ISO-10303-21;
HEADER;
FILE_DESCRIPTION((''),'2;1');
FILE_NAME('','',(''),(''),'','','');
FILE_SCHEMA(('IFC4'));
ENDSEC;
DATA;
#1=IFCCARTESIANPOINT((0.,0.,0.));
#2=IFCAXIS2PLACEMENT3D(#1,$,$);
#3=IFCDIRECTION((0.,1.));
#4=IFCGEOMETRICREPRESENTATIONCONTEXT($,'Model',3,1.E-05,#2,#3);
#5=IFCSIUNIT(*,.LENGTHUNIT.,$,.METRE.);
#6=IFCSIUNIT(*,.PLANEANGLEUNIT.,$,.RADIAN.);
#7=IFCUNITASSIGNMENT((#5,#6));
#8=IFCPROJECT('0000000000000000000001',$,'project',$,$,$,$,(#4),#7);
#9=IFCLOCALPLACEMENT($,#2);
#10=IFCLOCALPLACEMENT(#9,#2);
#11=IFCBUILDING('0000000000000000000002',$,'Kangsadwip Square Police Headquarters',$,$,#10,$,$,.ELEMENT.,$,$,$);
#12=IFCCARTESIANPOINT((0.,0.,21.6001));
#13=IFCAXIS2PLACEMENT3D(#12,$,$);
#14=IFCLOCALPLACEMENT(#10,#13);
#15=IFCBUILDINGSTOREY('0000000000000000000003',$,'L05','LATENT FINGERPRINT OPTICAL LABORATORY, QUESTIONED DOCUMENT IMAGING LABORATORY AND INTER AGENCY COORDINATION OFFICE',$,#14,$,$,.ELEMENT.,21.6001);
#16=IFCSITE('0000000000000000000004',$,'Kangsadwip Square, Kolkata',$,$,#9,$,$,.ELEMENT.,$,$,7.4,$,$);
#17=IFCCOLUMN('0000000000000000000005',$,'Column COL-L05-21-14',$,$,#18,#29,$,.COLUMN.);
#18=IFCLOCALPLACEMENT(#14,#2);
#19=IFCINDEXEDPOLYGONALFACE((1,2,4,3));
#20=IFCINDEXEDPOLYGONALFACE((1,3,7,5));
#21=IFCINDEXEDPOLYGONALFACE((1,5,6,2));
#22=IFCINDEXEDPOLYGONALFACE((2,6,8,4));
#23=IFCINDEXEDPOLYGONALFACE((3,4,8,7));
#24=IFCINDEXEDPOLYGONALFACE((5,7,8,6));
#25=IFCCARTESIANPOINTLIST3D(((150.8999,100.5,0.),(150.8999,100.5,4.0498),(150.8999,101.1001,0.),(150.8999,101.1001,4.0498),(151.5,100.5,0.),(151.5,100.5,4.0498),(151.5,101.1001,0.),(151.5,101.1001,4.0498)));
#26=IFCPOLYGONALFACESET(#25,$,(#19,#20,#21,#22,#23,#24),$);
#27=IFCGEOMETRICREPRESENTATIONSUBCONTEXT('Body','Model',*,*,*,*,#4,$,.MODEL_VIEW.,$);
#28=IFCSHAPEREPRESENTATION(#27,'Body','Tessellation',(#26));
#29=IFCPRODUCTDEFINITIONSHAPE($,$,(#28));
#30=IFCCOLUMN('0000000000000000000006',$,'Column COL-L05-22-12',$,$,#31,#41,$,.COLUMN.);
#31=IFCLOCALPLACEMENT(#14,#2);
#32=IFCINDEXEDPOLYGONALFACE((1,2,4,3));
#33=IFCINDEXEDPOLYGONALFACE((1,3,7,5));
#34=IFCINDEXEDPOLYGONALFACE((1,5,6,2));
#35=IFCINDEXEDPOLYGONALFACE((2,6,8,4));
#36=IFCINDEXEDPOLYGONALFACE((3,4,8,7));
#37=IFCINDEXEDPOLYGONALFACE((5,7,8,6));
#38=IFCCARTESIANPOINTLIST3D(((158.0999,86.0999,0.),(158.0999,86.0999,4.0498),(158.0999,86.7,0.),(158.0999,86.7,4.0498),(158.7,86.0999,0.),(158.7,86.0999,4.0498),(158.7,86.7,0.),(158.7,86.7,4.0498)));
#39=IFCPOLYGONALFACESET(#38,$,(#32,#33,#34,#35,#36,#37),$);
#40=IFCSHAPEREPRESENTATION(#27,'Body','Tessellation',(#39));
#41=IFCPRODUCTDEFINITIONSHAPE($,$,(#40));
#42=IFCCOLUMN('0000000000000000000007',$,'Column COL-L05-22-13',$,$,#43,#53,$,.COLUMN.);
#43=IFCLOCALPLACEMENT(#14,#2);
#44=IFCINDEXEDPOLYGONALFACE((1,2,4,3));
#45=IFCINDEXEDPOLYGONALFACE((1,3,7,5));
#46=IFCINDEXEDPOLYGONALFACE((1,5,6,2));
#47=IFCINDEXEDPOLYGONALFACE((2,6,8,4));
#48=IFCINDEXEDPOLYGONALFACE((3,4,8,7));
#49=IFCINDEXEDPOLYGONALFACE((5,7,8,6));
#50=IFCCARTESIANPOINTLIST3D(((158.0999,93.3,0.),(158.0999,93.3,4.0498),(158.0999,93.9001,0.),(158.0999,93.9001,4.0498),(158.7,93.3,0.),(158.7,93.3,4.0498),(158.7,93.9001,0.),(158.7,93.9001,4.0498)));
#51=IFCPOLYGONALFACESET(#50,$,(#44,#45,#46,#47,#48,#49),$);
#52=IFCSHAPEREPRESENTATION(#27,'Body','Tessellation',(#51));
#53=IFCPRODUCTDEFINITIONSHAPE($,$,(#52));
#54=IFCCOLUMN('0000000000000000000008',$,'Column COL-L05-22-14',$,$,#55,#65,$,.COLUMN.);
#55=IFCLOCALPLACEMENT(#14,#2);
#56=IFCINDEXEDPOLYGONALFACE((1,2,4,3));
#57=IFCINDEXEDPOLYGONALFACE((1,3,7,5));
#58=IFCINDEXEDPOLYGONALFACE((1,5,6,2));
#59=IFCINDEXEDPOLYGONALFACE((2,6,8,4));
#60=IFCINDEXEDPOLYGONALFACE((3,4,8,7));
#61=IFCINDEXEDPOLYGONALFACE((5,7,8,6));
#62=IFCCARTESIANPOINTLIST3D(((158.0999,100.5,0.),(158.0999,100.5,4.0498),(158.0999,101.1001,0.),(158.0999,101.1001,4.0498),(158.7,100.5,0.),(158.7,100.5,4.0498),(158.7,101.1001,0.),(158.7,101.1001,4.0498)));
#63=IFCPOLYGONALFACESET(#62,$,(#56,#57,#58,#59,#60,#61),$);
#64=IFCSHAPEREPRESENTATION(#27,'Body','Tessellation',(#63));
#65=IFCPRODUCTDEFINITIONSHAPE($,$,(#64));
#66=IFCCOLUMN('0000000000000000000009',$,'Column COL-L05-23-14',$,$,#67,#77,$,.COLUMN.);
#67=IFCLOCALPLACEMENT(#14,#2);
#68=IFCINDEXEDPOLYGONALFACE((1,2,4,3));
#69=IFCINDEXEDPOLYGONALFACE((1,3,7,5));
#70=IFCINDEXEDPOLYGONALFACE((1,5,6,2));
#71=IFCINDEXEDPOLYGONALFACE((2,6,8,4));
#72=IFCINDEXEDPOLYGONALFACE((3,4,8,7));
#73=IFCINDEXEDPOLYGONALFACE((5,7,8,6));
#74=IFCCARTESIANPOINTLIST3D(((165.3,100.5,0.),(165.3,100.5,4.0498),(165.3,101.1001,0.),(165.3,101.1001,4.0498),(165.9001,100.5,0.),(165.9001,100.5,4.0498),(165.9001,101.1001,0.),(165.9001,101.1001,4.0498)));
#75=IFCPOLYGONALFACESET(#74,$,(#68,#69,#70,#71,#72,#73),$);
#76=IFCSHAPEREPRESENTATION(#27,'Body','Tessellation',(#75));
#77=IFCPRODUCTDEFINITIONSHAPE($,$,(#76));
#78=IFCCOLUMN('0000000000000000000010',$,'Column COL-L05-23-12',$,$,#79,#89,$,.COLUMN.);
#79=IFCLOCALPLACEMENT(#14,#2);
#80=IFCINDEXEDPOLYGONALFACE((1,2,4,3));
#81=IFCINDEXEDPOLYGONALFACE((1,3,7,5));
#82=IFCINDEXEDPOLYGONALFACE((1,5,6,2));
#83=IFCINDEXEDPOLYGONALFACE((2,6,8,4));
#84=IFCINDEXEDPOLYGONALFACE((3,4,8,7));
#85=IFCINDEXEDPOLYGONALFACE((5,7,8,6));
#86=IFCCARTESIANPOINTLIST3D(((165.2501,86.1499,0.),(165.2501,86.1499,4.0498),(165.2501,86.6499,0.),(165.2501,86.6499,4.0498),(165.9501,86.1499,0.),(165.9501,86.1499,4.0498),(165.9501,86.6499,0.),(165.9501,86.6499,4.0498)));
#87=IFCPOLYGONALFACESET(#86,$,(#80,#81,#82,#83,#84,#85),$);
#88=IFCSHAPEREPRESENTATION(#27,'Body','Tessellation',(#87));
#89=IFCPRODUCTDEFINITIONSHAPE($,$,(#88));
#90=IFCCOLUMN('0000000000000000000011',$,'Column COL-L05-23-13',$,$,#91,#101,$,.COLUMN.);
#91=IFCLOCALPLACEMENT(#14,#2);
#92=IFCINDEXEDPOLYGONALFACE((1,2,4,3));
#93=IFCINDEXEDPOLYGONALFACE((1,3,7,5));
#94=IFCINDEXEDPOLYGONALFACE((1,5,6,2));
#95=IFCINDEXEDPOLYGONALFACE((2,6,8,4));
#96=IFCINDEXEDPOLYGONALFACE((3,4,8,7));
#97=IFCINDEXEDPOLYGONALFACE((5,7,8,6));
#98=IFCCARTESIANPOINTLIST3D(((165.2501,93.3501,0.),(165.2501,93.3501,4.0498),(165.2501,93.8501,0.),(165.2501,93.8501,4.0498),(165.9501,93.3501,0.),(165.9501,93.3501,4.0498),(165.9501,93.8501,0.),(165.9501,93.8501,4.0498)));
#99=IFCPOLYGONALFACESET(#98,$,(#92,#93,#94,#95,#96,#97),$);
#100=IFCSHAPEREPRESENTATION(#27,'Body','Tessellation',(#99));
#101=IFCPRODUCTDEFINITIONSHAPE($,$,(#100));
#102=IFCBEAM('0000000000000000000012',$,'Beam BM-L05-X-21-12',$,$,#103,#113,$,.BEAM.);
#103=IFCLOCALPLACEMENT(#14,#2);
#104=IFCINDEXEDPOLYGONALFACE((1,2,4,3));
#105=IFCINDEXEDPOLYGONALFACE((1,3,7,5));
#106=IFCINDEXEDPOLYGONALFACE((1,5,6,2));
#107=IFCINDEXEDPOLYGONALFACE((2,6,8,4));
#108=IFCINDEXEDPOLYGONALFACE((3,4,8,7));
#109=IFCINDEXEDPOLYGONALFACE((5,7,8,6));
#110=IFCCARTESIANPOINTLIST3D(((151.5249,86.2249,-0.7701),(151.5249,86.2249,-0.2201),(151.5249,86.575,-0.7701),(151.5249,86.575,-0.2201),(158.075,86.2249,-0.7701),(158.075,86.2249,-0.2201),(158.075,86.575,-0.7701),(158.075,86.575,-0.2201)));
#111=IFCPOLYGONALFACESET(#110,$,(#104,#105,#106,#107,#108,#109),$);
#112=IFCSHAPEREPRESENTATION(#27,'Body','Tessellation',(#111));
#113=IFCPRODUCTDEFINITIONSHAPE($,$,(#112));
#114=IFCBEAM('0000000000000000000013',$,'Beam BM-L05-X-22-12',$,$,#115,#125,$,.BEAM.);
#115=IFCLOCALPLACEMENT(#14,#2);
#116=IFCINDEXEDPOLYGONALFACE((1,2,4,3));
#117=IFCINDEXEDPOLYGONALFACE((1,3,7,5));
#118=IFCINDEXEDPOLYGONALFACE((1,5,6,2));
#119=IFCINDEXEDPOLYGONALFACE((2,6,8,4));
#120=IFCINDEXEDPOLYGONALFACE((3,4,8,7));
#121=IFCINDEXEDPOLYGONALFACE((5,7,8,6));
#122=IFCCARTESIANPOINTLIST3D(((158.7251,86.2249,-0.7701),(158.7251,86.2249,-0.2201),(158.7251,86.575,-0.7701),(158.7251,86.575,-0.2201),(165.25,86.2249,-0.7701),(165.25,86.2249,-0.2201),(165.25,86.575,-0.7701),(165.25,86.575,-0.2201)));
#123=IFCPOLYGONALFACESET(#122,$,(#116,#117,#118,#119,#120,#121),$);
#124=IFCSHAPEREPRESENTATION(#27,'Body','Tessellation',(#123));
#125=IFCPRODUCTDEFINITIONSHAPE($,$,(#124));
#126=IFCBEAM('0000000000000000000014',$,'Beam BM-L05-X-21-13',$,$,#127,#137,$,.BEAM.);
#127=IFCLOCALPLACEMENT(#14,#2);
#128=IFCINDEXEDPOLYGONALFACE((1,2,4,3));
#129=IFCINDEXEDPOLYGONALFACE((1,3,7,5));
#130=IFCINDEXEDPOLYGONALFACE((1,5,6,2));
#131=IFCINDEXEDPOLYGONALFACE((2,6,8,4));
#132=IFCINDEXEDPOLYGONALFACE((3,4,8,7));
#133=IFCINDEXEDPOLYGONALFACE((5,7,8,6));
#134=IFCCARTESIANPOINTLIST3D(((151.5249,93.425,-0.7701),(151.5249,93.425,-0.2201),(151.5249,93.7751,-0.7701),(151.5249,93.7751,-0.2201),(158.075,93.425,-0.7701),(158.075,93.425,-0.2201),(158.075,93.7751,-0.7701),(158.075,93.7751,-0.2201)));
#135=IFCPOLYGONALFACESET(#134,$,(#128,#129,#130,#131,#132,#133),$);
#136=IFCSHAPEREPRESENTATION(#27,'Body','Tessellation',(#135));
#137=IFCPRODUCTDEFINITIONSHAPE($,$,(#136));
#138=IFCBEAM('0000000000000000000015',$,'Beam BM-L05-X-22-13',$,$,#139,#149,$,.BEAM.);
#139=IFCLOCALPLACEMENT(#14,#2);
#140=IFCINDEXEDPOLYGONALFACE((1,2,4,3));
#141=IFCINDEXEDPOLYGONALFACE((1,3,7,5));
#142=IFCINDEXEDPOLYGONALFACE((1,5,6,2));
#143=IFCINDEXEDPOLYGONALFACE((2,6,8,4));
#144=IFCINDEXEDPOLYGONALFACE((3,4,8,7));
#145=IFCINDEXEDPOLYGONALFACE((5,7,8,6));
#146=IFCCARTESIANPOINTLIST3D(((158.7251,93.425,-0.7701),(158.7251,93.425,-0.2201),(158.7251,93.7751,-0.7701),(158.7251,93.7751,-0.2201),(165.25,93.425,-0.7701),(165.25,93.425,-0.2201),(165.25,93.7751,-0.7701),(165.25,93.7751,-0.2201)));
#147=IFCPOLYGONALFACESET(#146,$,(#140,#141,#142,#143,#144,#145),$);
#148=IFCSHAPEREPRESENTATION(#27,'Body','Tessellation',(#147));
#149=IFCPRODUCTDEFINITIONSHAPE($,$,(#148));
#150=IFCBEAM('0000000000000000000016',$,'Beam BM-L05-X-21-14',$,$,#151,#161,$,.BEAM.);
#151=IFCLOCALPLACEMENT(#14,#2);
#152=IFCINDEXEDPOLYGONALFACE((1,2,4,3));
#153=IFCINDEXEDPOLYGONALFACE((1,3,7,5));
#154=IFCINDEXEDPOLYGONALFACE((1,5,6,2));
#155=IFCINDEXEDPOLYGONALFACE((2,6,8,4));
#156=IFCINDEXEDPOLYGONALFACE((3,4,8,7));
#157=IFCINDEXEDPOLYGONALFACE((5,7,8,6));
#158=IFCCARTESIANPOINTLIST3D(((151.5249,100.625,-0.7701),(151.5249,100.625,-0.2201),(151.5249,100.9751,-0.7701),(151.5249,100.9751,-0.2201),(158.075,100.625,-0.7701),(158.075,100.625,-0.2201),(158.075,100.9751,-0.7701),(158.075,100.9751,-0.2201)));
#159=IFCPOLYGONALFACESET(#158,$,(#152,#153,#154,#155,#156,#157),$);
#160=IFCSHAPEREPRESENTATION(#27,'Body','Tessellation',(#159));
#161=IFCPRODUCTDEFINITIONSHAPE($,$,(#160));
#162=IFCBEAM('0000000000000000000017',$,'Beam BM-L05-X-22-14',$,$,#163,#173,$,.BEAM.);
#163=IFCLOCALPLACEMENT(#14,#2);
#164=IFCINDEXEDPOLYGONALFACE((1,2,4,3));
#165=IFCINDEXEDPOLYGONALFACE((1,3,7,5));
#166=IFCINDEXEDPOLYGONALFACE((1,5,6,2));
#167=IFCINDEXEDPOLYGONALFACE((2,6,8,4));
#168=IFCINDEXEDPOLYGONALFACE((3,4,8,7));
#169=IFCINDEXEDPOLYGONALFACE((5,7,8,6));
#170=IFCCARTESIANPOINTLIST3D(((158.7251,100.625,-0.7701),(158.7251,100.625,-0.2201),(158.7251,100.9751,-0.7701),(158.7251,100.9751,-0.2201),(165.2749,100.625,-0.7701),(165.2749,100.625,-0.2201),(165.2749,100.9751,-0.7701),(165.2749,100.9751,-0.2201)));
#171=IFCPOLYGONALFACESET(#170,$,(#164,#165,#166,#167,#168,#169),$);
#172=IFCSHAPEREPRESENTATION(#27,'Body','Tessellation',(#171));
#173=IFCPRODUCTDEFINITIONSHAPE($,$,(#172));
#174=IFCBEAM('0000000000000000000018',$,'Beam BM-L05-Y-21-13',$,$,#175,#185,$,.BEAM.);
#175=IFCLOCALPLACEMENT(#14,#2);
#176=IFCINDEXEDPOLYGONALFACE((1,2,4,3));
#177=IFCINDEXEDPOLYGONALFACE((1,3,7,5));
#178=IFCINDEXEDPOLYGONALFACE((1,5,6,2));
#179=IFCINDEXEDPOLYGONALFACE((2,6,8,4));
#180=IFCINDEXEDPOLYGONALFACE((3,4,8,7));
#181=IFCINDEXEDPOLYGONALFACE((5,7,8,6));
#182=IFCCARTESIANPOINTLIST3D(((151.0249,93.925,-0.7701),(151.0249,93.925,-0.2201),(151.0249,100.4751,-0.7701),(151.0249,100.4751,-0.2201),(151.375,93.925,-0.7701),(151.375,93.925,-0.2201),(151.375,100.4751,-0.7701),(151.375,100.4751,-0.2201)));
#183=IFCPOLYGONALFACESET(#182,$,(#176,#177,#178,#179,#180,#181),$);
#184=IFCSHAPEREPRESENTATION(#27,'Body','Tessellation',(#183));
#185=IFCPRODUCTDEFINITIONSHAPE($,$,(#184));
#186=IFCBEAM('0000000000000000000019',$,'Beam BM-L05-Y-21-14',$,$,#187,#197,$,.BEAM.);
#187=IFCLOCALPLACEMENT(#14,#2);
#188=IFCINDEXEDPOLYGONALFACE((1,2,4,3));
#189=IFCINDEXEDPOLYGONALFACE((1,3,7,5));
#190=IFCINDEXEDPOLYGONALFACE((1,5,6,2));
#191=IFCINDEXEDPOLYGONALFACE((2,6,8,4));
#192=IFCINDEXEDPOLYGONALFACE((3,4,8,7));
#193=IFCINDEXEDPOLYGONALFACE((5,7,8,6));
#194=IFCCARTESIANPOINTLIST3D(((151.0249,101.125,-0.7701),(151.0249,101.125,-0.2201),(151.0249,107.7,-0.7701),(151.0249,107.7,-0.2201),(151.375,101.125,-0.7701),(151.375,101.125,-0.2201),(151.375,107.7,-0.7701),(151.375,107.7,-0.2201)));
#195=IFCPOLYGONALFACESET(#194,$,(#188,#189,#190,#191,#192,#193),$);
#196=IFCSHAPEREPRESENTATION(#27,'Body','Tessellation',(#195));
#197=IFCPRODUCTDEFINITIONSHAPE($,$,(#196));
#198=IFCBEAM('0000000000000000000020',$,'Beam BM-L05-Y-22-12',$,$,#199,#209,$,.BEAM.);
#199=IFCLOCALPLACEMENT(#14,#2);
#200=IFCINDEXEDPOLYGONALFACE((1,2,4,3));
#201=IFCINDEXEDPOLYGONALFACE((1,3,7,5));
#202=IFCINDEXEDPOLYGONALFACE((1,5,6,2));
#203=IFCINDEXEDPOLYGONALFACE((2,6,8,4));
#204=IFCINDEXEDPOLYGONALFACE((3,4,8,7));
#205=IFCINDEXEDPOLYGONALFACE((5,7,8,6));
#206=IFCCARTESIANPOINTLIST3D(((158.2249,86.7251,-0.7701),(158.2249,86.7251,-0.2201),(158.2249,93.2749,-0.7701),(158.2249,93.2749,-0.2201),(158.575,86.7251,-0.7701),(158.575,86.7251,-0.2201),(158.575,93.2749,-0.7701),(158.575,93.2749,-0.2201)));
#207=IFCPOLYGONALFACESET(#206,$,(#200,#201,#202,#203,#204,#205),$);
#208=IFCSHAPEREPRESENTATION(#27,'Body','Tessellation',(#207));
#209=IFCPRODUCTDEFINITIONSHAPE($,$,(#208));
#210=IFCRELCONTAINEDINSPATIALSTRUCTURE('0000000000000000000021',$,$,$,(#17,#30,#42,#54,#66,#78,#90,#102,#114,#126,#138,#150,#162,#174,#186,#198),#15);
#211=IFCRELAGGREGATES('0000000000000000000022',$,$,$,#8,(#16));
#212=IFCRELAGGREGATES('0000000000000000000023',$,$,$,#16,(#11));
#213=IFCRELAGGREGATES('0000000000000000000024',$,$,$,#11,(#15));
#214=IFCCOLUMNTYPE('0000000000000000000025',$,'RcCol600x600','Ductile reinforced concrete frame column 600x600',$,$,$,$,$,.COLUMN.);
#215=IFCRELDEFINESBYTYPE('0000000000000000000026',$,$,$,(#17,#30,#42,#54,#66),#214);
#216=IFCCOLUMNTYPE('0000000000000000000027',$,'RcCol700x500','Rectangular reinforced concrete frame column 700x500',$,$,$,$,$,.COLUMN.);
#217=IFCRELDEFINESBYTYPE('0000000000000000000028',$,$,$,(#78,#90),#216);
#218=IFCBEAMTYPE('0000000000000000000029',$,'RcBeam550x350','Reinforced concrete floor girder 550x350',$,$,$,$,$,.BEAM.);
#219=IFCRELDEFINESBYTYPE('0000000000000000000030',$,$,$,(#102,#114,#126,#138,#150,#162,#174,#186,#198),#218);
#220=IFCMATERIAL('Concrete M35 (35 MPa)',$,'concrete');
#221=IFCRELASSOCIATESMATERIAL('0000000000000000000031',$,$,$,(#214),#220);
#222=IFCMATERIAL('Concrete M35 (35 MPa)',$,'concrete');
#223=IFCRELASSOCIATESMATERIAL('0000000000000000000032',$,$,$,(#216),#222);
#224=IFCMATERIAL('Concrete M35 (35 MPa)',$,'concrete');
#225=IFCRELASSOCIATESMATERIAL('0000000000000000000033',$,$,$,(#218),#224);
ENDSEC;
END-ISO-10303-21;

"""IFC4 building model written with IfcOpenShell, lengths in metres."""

from ifc_helpers import new_model, si_unit, direction, frame, origin, origin_2d, place, context, subcontext, project, spatial, rectangle, extrude, material, material_profile, profile_set, type_object, element, save


model = new_model("IFC4")

# Units and contexts
model_context = context("Model", 3, precision=1e-05, world=origin(), true_north=direction((0.0, 1.0)))
body_context = subcontext(model_context, "Body", "Model", "MODEL_VIEW")
ifc_project = project(units=[si_unit("LENGTHUNIT", "METRE"), si_unit("PLANEANGLEUNIT", "RADIAN")], contexts=[model_context])

# Site, building, storey
site_placement = place(None, origin())
site = spatial("IfcSite", under=ifc_project, at=site_placement, Name="Kangsadwip Square, Kolkata", CompositionType="ELEMENT", RefElevation=7.4)
building_placement = place(site_placement, origin())
building = spatial("IfcBuilding", under=site, at=building_placement, Name="Kangsadwip Square Police Headquarters", CompositionType="ELEMENT")
storey_placement = place(building_placement, frame((0.0, 0.0, 21.6001)))
storey = spatial("IfcBuildingStorey", under=building, at=storey_placement, Name="L05", Description="LATENT FINGERPRINT OPTICAL LABORATORY, QUESTIONED DOCUMENT IMAGING LABORATORY AND INTER AGENCY COORDINATION OFFICE", CompositionType="ELEMENT", Elevation=21.6001)

# Columns
ifc_material_1 = material(Name="Concrete M35 (35 MPa)", Category="concrete")
ifc_material_profile_1 = material_profile(ifc_material_1, rectangle(XDim=0.6001, YDim=0.6001, at=origin_2d()), Name="RC COL 600X600")
ifc_profile_set_1 = profile_set([ifc_material_profile_1], Name="Concrete M35 (35 MPa)")
column_type_1 = type_object("IfcColumnType", Name="RcCol600x600", Description="Ductile reinforced concrete frame column 600x600", PredefinedType="COLUMN", material=ifc_profile_set_1)
for number, where, z_axis, x_axis, name in (
    (1, (151.2, 100.8, 0.0), (0.0, 0.0, 1.0), (1.0, 0.0, 0.0), "Column COL-L05-21-14"),
    (2, (158.3999, 86.3999, 0.0), (0.0, 0.0, 1.0), (1.0, 0.0, 0.0), "Column COL-L05-22-12"),
    (3, (158.3999, 93.6001, 0.0), (0.0, 0.0, 1.0), (1.0, 0.0, 0.0), "Column COL-L05-22-13"),
    (4, (158.3999, 100.8, 0.0), (0.0, 0.0, 1.0), (1.0, 0.0, 0.0), "Column COL-L05-22-14"),
    (5, (165.6001, 100.8, 0.0), (0.0, 0.0, 1.0), (1.0, 0.0, 0.0), "Column COL-L05-23-14"),
):
    element("IfcColumn", number, at=place(storey_placement, frame(where, z_axis=z_axis, x_axis=x_axis)), inside=storey, type_object=column_type_1, Name=name, PredefinedType="COLUMN", context=body_context, shape_type="SweptSolid", body=[
        extrude(rectangle(XDim=0.6001, YDim=0.6001, at=origin_2d()), origin(), (0.0, 0.0, 1.0), 4.0498),
    ])
ifc_material_2 = material(Name="Concrete M35 (35 MPa)", Category="concrete")
ifc_material_profile_2 = material_profile(ifc_material_2, rectangle(XDim=0.5, YDim=0.7, at=origin_2d()), Name="RC COL 700X500")
ifc_profile_set_2 = profile_set([ifc_material_profile_2], Name="Concrete M35 (35 MPa)")
column_type_2 = type_object("IfcColumnType", Name="RcCol700x500", Description="Rectangular reinforced concrete frame column 700x500", PredefinedType="COLUMN", material=ifc_profile_set_2)
for number, where, z_axis, x_axis, name in (
    (6, (165.6001, 86.3999, 0.0), (0.0, 0.0, 1.0), (0.0, 1.0, 0.0), "Column COL-L05-23-12"),
    (7, (165.6001, 93.6001, 0.0), (0.0, 0.0, 1.0), (0.0, 1.0, 0.0), "Column COL-L05-23-13"),
):
    element("IfcColumn", number, at=place(storey_placement, frame(where, z_axis=z_axis, x_axis=x_axis)), inside=storey, type_object=column_type_2, Name=name, PredefinedType="COLUMN", context=body_context, shape_type="SweptSolid", body=[
        extrude(rectangle(XDim=0.5, YDim=0.7, at=origin_2d()), origin(), (0.0, 0.0, 1.0), 4.0498),
    ])

# Beams
ifc_material_3 = material(Name="Concrete M35 (35 MPa)", Category="concrete")
ifc_material_profile_3 = material_profile(ifc_material_3, rectangle(XDim=0.3501, YDim=0.55, at=origin_2d()), Name="RC BM 550X350")
ifc_profile_set_3 = profile_set([ifc_material_profile_3], Name="Concrete M35 (35 MPa)")
beam_type_1 = type_object("IfcBeamType", Name="RcBeam550x350", Description="Reinforced concrete floor girder 550x350", PredefinedType="BEAM", material=ifc_profile_set_3)
beam_1_placement = place(storey_placement, frame((151.5249, 86.3999, -0.4951), z_axis=(1.0, 0.0, 0.0), x_axis=(0.0, 1.0, 0.0)))
element("IfcBeam", 8, at=beam_1_placement, inside=storey, type_object=beam_type_1, Name="Beam BM-L05-X-21-12", PredefinedType="BEAM", context=body_context, shape_type="SweptSolid", body=[
    extrude(rectangle(XDim=0.3501, YDim=0.55, at=origin_2d()), origin(), (0.0, 0.0, 1.0), 6.55),
])
beam_2_placement = place(storey_placement, frame((158.7251, 86.3999, -0.4951), z_axis=(1.0, 0.0, 0.0), x_axis=(0.0, 1.0, 0.0)))
element("IfcBeam", 9, at=beam_2_placement, inside=storey, type_object=beam_type_1, Name="Beam BM-L05-X-22-12", PredefinedType="BEAM", context=body_context, shape_type="SweptSolid", body=[
    extrude(rectangle(XDim=0.3501, YDim=0.55, at=origin_2d()), origin(), (0.0, 0.0, 1.0), 6.5249),
])
beam_3_placement = place(storey_placement, frame((151.5249, 93.6001, -0.4951), z_axis=(1.0, 0.0, 0.0), x_axis=(0.0, 1.0, 0.0)))
element("IfcBeam", 10, at=beam_3_placement, inside=storey, type_object=beam_type_1, Name="Beam BM-L05-X-21-13", PredefinedType="BEAM", context=body_context, shape_type="SweptSolid", body=[
    extrude(rectangle(XDim=0.3501, YDim=0.55, at=origin_2d()), origin(), (0.0, 0.0, 1.0), 6.55),
])
beam_4_placement = place(storey_placement, frame((158.7251, 93.6001, -0.4951), z_axis=(1.0, 0.0, 0.0), x_axis=(0.0, 1.0, 0.0)))
element("IfcBeam", 11, at=beam_4_placement, inside=storey, type_object=beam_type_1, Name="Beam BM-L05-X-22-13", PredefinedType="BEAM", context=body_context, shape_type="SweptSolid", body=[
    extrude(rectangle(XDim=0.3501, YDim=0.55, at=origin_2d()), origin(), (0.0, 0.0, 1.0), 6.5249),
])
beam_5_placement = place(storey_placement, frame((151.5249, 100.8, -0.4951), z_axis=(1.0, 0.0, 0.0), x_axis=(0.0, 1.0, 0.0)))
element("IfcBeam", 12, at=beam_5_placement, inside=storey, type_object=beam_type_1, Name="Beam BM-L05-X-21-14", PredefinedType="BEAM", context=body_context, shape_type="SweptSolid", body=[
    extrude(rectangle(XDim=0.3501, YDim=0.55, at=origin_2d()), origin(), (0.0, 0.0, 1.0), 6.55),
])
beam_6_placement = place(storey_placement, frame((158.7251, 100.8, -0.4951), z_axis=(1.0, 0.0, 0.0), x_axis=(0.0, 1.0, 0.0)))
element("IfcBeam", 13, at=beam_6_placement, inside=storey, type_object=beam_type_1, Name="Beam BM-L05-X-22-14", PredefinedType="BEAM", context=body_context, shape_type="SweptSolid", body=[
    extrude(rectangle(XDim=0.3501, YDim=0.55, at=origin_2d()), origin(), (0.0, 0.0, 1.0), 6.5498),
])
beam_7_placement = place(storey_placement, frame((151.2, 93.925, -0.4951), z_axis=(0.0, 1.0, 0.0), x_axis=(-1.0, 0.0, 0.0)))
element("IfcBeam", 14, at=beam_7_placement, inside=storey, type_object=beam_type_1, Name="Beam BM-L05-Y-21-13", PredefinedType="BEAM", context=body_context, shape_type="SweptSolid", body=[
    extrude(rectangle(XDim=0.3501, YDim=0.55, at=origin_2d()), origin(), (0.0, 0.0, 1.0), 6.55),
])
beam_8_placement = place(storey_placement, frame((151.2, 101.125, -0.4951), z_axis=(0.0, 1.0, 0.0), x_axis=(-1.0, 0.0, 0.0)))
element("IfcBeam", 15, at=beam_8_placement, inside=storey, type_object=beam_type_1, Name="Beam BM-L05-Y-21-14", PredefinedType="BEAM", context=body_context, shape_type="SweptSolid", body=[
    extrude(rectangle(XDim=0.3501, YDim=0.55, at=origin_2d()), origin(), (0.0, 0.0, 1.0), 6.575),
])
beam_9_placement = place(storey_placement, frame((158.3999, 86.7251, -0.4951), z_axis=(0.0, 1.0, 0.0), x_axis=(-1.0, 0.0, 0.0)))
element("IfcBeam", 16, at=beam_9_placement, inside=storey, type_object=beam_type_1, Name="Beam BM-L05-Y-22-12", PredefinedType="BEAM", context=body_context, shape_type="SweptSolid", body=[
    extrude(rectangle(XDim=0.3501, YDim=0.55, at=origin_2d()), origin(), (0.0, 0.0, 1.0), 6.5498),
])

save(model, "model.ifc")
